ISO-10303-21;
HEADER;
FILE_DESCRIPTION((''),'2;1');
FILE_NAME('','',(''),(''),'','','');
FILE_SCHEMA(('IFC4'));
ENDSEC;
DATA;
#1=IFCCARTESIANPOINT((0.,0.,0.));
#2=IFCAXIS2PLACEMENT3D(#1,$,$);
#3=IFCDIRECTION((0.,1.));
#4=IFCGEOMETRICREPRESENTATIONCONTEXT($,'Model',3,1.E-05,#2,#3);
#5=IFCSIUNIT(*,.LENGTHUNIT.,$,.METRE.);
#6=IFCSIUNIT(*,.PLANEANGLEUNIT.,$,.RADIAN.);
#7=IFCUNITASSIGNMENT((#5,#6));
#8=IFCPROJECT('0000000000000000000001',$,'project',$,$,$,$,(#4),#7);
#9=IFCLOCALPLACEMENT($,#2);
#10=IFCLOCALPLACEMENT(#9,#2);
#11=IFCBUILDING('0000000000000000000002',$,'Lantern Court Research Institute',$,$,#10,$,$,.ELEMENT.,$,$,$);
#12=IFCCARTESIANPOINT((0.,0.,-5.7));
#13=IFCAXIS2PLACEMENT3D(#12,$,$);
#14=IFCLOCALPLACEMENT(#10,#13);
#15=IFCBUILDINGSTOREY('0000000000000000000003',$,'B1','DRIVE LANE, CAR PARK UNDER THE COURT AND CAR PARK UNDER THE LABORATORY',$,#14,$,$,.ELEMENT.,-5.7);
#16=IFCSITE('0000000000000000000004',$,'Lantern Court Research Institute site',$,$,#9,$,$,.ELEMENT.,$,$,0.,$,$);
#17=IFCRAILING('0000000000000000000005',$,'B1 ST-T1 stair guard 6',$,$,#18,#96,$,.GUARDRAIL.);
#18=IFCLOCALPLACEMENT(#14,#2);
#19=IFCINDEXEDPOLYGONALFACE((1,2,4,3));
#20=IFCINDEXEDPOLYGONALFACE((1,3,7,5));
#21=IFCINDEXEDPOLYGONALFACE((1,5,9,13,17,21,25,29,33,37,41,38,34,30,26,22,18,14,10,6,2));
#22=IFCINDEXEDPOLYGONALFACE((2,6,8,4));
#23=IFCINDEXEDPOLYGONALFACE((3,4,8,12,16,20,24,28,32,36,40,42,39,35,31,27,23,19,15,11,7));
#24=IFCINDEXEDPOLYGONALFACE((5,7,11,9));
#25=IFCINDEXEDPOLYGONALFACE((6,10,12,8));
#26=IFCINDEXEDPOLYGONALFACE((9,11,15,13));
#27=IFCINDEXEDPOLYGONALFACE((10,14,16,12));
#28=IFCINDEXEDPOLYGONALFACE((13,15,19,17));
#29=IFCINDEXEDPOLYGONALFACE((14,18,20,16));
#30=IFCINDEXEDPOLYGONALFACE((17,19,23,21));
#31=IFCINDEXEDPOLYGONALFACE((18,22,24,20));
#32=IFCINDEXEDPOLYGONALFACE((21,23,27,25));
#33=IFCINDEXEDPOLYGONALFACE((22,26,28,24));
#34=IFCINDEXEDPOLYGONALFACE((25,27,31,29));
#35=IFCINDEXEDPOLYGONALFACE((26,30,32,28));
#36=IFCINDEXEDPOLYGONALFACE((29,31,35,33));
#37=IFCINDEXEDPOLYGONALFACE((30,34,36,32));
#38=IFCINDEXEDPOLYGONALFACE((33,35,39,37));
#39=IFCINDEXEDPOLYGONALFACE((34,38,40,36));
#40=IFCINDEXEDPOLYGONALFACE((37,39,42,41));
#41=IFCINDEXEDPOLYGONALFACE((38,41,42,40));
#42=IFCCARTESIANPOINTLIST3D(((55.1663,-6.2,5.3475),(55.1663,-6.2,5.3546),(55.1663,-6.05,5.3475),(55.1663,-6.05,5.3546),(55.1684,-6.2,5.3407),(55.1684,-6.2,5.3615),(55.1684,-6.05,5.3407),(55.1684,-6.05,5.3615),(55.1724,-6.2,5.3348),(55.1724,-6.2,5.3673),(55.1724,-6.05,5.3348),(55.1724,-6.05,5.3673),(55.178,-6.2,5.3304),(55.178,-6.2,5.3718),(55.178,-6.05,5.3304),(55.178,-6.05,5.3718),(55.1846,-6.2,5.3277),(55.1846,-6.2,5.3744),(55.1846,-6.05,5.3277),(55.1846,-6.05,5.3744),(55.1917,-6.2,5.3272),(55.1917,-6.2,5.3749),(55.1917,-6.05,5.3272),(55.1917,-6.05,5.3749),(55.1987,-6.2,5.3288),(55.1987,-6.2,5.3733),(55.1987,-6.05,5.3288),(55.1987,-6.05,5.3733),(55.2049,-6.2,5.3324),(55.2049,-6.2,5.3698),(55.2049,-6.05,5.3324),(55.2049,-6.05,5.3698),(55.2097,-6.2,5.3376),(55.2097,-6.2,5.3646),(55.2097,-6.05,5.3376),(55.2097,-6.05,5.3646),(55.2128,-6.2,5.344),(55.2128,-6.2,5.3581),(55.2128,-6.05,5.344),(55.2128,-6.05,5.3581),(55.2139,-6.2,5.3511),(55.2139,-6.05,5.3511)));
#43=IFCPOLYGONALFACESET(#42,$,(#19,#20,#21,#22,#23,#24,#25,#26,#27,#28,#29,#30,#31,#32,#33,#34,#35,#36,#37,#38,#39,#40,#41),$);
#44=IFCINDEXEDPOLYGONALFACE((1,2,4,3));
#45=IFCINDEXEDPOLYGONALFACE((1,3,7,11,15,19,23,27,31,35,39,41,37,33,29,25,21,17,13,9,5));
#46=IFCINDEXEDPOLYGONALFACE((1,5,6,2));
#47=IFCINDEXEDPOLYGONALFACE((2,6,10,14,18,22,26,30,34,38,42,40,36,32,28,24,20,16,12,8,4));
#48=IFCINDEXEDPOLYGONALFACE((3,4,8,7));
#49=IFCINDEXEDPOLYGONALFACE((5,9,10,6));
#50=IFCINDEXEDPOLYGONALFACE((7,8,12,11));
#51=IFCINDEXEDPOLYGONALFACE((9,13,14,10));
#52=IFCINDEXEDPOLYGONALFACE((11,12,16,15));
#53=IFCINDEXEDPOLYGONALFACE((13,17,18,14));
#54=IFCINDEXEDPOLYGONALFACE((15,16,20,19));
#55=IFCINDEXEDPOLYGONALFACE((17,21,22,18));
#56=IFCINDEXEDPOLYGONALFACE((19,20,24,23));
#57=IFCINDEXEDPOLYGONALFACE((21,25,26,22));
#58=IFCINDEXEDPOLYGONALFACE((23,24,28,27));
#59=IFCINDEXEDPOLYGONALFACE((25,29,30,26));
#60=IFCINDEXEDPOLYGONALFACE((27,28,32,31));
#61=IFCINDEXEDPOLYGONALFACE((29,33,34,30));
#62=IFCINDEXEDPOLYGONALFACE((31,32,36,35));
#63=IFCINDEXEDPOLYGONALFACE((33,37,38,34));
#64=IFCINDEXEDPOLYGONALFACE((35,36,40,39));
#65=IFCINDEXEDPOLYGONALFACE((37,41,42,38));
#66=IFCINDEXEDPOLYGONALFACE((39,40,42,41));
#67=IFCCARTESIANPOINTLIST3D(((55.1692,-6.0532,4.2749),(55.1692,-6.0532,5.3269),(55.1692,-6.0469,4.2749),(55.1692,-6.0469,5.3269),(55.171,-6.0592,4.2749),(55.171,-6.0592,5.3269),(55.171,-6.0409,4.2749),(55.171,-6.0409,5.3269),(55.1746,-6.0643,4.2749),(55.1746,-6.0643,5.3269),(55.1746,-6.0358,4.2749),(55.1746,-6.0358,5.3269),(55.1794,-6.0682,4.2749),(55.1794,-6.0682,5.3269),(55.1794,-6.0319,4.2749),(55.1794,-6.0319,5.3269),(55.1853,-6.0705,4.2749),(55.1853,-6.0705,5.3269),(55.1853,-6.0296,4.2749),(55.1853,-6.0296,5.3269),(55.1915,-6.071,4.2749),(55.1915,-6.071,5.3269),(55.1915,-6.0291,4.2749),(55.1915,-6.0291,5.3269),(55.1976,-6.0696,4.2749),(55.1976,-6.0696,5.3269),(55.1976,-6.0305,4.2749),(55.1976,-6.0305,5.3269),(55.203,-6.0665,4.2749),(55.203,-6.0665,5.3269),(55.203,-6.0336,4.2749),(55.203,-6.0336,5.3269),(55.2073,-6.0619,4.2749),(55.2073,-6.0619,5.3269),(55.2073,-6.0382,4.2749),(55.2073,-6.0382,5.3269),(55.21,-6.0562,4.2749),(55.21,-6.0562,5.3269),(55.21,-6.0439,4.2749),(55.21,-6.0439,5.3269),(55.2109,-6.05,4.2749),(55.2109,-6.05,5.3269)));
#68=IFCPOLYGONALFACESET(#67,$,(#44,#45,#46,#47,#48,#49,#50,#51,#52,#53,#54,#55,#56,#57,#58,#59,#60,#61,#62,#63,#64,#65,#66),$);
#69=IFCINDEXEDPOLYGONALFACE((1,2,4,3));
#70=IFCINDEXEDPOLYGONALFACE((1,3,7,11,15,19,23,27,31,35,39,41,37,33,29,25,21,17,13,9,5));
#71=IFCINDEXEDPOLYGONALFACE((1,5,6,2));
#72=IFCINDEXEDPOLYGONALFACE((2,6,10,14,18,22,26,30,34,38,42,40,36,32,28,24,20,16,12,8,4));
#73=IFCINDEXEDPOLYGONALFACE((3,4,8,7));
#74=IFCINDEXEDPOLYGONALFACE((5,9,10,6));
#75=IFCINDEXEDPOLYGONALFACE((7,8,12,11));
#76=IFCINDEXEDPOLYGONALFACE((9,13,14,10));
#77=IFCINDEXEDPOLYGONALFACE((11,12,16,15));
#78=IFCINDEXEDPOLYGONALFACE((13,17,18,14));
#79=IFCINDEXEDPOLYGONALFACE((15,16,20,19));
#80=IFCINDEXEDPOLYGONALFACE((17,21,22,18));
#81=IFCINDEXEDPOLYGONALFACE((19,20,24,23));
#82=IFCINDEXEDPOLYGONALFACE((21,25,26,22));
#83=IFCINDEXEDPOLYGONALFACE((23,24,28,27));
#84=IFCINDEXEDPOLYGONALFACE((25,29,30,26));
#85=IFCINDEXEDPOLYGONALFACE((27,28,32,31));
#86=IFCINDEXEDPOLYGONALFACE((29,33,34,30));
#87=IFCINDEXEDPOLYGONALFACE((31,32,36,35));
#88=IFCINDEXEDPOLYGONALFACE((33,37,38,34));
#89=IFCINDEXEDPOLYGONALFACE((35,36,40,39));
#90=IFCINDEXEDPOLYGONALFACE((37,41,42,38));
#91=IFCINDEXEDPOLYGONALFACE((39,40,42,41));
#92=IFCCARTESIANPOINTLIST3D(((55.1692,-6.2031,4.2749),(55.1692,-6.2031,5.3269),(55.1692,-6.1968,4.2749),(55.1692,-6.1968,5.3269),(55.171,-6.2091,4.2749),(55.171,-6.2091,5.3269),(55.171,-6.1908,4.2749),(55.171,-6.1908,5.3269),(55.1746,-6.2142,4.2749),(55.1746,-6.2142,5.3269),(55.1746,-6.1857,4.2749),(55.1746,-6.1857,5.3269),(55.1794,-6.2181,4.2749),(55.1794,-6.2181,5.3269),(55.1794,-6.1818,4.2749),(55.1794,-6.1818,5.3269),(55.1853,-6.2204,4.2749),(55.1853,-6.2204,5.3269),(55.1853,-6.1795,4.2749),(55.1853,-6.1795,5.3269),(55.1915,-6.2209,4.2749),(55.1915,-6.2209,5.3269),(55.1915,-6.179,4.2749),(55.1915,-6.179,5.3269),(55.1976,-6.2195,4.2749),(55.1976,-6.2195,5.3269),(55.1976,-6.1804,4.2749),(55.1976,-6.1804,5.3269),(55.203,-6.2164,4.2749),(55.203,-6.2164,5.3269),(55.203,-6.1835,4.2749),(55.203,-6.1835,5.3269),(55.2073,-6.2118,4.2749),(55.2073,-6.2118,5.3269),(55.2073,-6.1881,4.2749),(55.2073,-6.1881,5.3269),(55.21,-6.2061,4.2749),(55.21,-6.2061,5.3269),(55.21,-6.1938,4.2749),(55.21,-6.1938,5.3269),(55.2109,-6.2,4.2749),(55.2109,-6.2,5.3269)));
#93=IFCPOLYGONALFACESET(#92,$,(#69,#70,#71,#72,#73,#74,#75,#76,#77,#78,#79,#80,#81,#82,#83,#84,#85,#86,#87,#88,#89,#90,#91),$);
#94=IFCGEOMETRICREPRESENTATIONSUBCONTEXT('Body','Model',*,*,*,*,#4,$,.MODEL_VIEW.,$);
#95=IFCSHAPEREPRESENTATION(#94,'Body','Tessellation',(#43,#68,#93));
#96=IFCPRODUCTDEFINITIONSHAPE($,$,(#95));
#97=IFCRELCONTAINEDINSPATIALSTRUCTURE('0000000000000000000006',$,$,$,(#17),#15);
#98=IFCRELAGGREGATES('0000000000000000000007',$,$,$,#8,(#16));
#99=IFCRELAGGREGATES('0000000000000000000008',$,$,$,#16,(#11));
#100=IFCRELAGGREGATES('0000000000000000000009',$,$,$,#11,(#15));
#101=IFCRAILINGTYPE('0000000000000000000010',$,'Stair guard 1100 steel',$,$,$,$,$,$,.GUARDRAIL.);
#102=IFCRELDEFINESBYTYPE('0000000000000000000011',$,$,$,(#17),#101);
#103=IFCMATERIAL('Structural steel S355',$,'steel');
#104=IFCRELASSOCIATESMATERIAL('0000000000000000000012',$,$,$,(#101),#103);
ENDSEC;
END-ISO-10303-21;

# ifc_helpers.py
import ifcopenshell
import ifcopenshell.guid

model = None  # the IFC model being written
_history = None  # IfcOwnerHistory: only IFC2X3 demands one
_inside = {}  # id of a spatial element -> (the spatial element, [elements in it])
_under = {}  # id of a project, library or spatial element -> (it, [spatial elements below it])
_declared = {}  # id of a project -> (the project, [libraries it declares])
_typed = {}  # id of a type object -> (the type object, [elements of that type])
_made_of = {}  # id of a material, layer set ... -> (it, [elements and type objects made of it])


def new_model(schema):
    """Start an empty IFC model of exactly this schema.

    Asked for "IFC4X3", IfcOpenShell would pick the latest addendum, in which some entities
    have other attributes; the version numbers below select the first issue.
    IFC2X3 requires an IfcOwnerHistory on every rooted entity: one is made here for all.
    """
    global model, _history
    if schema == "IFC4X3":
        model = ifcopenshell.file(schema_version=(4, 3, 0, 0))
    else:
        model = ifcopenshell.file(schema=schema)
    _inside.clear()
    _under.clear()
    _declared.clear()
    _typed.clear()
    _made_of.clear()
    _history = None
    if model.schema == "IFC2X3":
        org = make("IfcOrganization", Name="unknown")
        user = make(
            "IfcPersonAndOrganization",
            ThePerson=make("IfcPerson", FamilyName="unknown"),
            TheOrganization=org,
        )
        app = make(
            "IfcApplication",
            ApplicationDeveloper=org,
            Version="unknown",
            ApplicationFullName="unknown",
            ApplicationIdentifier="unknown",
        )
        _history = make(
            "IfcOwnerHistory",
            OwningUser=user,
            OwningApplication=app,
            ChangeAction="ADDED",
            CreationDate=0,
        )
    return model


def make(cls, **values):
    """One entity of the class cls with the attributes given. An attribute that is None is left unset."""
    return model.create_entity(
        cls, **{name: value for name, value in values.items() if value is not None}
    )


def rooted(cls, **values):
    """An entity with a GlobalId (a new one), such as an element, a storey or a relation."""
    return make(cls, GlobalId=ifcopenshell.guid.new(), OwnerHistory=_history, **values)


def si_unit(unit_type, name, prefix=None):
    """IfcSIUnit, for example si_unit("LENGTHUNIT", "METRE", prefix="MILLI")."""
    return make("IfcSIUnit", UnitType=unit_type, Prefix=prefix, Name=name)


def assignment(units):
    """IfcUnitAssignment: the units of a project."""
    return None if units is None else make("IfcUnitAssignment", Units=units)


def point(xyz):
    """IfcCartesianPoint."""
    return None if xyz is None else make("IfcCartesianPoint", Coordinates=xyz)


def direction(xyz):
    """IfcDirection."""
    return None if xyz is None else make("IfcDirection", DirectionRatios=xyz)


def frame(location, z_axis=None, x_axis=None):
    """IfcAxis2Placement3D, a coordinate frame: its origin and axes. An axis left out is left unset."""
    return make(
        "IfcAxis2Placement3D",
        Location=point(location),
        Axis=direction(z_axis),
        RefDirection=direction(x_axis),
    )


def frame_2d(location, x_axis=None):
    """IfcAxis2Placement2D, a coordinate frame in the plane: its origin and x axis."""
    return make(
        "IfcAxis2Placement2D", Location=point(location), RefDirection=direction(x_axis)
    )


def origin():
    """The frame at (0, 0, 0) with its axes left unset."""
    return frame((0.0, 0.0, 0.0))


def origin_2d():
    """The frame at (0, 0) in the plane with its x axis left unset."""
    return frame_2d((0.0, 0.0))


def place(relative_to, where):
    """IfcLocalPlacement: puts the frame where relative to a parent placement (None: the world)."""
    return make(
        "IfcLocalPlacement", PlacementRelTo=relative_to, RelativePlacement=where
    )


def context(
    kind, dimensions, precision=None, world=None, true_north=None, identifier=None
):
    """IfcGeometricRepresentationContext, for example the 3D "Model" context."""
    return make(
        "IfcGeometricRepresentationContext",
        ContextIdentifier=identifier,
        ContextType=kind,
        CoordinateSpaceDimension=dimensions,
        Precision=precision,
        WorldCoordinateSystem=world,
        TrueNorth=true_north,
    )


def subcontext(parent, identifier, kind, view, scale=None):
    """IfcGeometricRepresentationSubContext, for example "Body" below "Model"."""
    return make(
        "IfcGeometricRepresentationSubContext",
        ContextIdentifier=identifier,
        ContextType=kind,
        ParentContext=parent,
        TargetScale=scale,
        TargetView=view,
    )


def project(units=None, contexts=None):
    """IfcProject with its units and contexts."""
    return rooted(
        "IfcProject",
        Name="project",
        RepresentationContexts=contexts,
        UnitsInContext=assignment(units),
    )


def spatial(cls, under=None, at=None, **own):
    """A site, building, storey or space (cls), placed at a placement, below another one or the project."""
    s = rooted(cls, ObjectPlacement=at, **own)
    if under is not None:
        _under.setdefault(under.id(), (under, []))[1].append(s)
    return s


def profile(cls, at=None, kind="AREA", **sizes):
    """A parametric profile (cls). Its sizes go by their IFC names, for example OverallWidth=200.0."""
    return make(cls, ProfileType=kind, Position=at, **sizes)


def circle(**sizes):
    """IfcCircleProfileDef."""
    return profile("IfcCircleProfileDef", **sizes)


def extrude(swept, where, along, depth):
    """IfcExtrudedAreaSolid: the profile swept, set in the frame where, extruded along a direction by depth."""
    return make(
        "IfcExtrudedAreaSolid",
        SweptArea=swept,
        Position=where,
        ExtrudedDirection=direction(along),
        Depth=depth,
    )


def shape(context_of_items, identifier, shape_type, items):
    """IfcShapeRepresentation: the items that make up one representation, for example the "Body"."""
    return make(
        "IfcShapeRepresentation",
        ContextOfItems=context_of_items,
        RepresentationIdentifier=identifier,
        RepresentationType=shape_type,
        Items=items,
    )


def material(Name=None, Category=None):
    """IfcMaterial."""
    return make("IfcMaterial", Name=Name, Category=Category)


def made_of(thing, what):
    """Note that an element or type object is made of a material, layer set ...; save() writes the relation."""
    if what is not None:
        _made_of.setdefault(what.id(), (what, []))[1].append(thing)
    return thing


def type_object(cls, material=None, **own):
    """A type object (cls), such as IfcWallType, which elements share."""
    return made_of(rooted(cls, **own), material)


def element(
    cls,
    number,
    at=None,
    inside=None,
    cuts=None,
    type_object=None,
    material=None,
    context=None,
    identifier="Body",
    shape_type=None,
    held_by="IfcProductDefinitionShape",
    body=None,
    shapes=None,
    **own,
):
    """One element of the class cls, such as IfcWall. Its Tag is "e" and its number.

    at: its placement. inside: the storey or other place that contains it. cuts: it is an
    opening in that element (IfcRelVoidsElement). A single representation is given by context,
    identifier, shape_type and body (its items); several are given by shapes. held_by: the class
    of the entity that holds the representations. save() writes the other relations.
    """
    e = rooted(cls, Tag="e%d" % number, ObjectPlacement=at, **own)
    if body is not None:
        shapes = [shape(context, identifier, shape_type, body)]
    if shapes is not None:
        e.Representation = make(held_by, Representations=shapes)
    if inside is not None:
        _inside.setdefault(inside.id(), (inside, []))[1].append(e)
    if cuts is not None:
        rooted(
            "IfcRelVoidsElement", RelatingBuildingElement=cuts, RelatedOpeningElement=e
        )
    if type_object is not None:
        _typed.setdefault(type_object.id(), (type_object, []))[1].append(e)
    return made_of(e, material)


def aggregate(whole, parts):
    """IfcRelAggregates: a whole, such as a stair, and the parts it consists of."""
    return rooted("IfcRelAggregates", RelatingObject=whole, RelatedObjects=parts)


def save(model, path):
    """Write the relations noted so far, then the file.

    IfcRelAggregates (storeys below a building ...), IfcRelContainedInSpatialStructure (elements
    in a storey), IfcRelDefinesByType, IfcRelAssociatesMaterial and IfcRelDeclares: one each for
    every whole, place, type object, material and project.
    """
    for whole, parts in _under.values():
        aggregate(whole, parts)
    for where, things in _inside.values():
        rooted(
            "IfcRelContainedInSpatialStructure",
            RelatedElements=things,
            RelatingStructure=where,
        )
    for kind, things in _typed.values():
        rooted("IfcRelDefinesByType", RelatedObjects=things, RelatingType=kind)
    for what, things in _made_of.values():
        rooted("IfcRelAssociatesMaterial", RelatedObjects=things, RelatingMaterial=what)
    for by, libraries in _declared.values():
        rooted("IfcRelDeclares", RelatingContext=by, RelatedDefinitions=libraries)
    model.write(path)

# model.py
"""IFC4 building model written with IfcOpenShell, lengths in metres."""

from ifc_helpers import new_model, si_unit, direction, frame, origin, origin_2d, place, context, subcontext, project, spatial, circle, extrude, material, type_object, element, save


model = new_model("IFC4")

# Units and contexts
model_context = context("Model", 3, precision=1e-05, world=origin(), true_north=direction((0.0, 1.0)))
body_context = subcontext(model_context, "Body", "Model", "MODEL_VIEW")
ifc_project = project(units=[si_unit("LENGTHUNIT", "METRE"), si_unit("PLANEANGLEUNIT", "RADIAN")], contexts=[model_context])

# Site, building, storey
site_placement = place(None, origin())
site = spatial("IfcSite", under=ifc_project, at=site_placement, Name="Lantern Court Research Institute site", CompositionType="ELEMENT", RefElevation=0.0)
building_placement = place(site_placement, origin())
building = spatial("IfcBuilding", under=site, at=building_placement, Name="Lantern Court Research Institute", CompositionType="ELEMENT")
storey_placement = place(building_placement, frame((0.0, 0.0, -5.7)))
storey = spatial("IfcBuildingStorey", under=building, at=storey_placement, Name="B1", Description="DRIVE LANE, CAR PARK UNDER THE COURT AND CAR PARK UNDER THE LABORATORY", CompositionType="ELEMENT", Elevation=-5.7)

# Railing
ifc_material_1 = material(Name="Structural steel S355", Category="steel")
railing_type_1 = type_object("IfcRailingType", Name="Stair guard 1100 steel", PredefinedType="GUARDRAIL", material=ifc_material_1)
railing_1_placement = place(storey_placement, frame((55.1899, -6.05, 4.2749)))
element("IfcRailing", 1, at=railing_1_placement, inside=storey, type_object=railing_type_1, Name="B1 ST-T1 stair guard 6", PredefinedType="GUARDRAIL", context=body_context, shape_type="SweptSolid", body=[
    extrude(circle(Radius=0.0239, at=origin_2d()), frame((0.0, 0.0, 1.0762), z_axis=(0.0, -1.0, 0.0), x_axis=(1.0, 0.0, 0.0)), (0.0, 0.0, 1.0), 0.1499),
    extrude(circle(Radius=0.021, at=origin_2d()), origin(), (0.0, 0.0, 1.0), 1.052),
    extrude(circle(Radius=0.021, at=origin_2d()), frame((0.0, -0.1499, 0.0)), (0.0, 0.0, 1.0), 1.052),
])

save(model, "model.ifc")
